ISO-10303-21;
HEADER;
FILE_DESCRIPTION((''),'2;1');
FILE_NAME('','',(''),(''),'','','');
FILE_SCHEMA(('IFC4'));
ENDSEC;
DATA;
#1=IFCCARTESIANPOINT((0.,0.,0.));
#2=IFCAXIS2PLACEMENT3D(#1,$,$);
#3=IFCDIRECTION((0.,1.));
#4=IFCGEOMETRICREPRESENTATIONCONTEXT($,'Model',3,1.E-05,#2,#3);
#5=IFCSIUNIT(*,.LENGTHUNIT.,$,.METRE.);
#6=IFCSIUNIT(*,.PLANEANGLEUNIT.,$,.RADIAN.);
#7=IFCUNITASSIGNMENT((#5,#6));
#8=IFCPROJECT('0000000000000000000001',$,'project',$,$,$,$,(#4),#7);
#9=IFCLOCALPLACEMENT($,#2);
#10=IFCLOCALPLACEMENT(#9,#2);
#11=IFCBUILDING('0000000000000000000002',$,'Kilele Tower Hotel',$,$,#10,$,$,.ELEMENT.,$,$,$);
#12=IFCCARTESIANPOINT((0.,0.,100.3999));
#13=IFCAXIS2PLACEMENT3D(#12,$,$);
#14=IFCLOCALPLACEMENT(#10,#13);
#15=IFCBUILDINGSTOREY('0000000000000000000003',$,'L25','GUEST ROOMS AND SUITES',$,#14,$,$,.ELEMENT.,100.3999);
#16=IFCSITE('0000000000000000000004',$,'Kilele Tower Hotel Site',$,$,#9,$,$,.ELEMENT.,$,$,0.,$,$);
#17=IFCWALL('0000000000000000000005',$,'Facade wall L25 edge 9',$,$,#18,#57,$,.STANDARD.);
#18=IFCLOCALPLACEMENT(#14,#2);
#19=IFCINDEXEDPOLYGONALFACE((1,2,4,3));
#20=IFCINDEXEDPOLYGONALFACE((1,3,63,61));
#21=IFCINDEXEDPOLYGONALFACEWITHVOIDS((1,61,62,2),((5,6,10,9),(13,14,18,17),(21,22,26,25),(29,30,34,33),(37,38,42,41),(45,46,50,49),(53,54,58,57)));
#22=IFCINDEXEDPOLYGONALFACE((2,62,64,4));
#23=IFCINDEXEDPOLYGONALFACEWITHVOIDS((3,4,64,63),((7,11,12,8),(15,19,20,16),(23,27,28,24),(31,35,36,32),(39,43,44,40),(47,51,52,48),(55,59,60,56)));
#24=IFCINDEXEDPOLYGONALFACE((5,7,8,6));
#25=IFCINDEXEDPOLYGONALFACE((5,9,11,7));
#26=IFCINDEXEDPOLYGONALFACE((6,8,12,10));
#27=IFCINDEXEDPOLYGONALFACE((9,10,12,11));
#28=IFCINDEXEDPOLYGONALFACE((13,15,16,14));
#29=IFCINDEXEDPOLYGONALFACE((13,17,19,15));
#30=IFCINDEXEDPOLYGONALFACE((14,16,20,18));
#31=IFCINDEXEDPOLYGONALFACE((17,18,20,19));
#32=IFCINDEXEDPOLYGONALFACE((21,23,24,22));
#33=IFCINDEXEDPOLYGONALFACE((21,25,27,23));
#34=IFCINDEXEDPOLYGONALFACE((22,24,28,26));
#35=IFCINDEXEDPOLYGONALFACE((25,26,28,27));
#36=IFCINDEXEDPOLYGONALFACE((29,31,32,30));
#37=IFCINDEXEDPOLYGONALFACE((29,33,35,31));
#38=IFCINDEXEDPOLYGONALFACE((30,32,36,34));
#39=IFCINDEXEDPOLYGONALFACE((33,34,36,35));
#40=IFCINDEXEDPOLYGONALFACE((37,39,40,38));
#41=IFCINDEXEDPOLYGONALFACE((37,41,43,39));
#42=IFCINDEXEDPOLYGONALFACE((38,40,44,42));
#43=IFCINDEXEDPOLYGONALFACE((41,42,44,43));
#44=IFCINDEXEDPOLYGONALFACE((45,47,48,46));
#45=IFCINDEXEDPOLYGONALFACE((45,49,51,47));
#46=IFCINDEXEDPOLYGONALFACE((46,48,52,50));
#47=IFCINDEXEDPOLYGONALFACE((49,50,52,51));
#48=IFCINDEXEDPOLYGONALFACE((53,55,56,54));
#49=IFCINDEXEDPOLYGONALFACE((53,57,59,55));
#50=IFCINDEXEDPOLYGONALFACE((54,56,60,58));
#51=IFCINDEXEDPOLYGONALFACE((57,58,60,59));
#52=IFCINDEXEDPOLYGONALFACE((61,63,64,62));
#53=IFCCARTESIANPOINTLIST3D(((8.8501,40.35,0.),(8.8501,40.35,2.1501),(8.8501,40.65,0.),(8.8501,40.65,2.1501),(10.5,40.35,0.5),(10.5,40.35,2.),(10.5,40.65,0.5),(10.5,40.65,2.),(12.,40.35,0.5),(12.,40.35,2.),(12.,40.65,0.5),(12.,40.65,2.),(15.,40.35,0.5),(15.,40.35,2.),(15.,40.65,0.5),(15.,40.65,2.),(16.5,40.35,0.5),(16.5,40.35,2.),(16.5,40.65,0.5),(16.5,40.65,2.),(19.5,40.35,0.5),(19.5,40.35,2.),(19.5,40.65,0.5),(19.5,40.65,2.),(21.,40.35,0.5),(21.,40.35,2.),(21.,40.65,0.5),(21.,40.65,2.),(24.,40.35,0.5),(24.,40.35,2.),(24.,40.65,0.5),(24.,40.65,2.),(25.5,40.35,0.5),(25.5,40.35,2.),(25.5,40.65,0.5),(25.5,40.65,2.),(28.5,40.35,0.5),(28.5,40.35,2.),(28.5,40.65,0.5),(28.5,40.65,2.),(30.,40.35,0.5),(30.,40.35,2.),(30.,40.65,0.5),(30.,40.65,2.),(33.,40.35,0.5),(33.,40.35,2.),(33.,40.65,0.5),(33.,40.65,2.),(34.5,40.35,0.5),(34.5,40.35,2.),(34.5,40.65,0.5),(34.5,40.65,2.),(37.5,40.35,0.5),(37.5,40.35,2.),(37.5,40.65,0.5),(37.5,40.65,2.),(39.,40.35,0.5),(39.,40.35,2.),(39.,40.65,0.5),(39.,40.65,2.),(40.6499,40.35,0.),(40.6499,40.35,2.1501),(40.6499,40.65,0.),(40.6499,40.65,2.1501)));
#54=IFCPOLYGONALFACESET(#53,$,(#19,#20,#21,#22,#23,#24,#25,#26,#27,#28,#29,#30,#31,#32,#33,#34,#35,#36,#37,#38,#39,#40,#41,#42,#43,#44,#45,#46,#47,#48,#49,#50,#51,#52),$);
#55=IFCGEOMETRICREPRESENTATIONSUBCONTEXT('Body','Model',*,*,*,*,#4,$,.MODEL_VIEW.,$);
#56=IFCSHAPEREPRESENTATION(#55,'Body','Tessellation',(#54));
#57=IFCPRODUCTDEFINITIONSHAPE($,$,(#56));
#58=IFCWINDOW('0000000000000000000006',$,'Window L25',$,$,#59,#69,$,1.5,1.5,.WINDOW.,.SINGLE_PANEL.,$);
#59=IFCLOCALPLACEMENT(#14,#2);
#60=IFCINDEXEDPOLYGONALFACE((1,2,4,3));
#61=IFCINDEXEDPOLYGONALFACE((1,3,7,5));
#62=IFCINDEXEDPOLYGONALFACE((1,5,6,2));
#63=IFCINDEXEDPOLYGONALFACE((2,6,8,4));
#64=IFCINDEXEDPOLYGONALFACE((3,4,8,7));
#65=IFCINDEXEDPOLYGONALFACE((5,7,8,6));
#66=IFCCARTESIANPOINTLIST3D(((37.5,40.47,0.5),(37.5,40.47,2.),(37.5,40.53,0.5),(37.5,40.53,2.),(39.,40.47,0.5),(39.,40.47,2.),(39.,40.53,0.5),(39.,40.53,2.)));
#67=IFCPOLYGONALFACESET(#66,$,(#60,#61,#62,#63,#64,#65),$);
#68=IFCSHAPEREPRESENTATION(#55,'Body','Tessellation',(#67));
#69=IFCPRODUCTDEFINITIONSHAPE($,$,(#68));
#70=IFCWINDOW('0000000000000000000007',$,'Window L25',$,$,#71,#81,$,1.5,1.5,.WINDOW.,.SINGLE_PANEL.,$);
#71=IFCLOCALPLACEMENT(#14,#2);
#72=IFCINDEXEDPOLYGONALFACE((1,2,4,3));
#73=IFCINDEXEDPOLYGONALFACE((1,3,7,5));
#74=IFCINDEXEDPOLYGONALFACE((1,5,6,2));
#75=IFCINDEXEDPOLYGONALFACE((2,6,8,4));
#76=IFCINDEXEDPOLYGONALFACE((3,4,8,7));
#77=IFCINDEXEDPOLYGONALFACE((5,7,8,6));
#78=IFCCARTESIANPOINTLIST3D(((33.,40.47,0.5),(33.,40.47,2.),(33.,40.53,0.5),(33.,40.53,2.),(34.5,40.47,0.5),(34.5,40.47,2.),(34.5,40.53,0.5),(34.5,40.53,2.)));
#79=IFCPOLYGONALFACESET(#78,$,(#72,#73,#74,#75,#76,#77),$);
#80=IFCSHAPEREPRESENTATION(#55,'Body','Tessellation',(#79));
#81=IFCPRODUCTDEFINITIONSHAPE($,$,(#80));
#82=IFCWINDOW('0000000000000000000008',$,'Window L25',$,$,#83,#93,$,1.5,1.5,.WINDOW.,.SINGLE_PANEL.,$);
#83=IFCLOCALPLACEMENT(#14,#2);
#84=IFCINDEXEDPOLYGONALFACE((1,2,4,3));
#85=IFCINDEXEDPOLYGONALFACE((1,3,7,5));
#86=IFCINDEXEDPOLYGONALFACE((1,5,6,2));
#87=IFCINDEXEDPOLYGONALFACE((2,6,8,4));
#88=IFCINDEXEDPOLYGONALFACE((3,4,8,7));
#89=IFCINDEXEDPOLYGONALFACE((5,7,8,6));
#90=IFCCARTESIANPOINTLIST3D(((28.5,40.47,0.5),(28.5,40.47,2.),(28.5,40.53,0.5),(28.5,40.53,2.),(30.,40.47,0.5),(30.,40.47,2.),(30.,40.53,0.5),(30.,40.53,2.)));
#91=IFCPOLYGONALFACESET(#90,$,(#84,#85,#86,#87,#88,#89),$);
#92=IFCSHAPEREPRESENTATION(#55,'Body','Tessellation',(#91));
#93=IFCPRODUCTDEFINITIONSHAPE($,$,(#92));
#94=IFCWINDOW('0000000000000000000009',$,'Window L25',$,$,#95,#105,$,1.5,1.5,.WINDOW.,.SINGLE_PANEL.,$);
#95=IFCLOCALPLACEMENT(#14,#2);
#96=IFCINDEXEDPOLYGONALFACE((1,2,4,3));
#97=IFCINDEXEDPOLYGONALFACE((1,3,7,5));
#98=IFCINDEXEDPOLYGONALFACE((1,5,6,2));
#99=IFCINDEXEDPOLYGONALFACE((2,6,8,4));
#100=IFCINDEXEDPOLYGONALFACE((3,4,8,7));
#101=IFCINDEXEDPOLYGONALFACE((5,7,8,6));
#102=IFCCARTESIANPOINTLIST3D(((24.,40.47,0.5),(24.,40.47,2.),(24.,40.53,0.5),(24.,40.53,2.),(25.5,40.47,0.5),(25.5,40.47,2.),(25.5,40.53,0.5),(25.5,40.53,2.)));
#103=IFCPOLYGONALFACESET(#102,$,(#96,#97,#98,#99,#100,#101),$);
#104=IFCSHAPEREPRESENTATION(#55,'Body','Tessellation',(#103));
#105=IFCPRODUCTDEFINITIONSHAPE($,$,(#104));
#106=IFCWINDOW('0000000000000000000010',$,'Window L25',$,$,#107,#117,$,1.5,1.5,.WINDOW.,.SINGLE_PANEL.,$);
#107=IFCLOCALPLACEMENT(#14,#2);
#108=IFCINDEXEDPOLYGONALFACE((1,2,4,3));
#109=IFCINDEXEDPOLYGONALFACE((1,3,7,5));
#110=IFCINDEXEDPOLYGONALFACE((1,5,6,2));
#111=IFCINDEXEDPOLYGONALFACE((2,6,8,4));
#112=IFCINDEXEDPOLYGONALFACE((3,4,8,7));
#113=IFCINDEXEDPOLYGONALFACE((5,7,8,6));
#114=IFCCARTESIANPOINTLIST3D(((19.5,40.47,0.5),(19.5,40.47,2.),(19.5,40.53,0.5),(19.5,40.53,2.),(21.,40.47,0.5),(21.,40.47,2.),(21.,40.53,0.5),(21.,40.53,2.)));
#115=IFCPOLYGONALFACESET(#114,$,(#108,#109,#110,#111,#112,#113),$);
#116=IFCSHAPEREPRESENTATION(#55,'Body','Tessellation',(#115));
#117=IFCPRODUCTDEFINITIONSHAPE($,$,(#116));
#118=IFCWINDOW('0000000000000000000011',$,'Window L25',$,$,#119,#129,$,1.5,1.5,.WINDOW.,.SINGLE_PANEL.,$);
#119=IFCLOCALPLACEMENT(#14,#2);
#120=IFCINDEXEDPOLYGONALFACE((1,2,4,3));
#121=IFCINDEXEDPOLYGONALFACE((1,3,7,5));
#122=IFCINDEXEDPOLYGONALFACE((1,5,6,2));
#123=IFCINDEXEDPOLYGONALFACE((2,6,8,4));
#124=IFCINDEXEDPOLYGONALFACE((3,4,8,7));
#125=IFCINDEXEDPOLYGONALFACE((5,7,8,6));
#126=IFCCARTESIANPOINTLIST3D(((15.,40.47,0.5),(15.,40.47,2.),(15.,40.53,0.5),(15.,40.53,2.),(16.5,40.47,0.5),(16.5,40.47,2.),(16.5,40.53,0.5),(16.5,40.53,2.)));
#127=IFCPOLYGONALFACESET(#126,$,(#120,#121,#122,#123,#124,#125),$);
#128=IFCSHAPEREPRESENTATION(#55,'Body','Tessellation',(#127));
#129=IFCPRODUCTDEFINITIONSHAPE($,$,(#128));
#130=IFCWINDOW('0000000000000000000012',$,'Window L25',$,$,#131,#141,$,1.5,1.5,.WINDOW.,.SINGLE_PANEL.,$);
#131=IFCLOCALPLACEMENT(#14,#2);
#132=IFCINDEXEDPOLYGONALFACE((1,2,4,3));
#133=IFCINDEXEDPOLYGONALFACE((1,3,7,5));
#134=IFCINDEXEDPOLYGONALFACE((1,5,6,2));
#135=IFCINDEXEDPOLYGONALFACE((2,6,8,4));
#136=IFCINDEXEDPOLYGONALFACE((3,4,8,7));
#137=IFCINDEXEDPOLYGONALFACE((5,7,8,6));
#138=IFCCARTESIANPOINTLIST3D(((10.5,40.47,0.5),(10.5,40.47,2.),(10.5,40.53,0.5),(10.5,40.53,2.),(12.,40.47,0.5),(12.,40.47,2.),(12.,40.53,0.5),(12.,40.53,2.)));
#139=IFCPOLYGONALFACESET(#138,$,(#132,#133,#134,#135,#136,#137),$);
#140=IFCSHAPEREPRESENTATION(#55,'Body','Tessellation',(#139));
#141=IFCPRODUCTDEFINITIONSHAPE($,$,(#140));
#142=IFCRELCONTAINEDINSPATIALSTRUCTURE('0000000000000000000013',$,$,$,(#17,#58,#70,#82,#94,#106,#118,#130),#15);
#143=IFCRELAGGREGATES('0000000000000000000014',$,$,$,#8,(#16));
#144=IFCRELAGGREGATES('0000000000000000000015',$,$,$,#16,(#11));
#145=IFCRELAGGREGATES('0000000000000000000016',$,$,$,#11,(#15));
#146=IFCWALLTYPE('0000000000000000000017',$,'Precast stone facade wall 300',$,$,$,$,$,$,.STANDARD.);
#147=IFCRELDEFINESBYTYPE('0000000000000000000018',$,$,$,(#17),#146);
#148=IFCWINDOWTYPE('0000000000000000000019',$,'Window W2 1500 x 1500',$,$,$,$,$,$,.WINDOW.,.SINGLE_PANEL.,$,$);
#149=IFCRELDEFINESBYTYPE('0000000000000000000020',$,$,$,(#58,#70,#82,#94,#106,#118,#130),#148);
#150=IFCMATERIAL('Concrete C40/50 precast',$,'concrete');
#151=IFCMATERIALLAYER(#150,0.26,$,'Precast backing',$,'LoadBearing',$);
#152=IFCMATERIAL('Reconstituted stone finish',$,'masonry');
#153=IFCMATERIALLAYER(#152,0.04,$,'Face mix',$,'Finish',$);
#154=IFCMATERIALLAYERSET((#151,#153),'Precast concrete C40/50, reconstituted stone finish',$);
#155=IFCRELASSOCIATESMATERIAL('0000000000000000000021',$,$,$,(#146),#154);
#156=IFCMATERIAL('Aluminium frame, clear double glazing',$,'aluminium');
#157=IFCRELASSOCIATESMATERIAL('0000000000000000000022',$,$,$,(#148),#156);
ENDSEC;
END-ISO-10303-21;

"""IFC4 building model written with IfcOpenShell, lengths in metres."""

from ifc_helpers import new_model, si_unit, direction, frame, frame_2d, origin, place, context, subcontext, project, spatial, rectangle, extrude, material, layer, layer_set, type_object, element, fill, save


model = new_model("IFC4")

# Units and contexts
model_context = context("Model", 3, precision=1e-05, world=origin(), true_north=direction((0.0, 1.0)))
body_context = subcontext(model_context, "Body", "Model", "MODEL_VIEW")
ifc_project = project(units=[si_unit("LENGTHUNIT", "METRE"), si_unit("PLANEANGLEUNIT", "RADIAN")], contexts=[model_context])

# Site, building, storey
site_placement = place(None, origin())
site = spatial("IfcSite", under=ifc_project, at=site_placement, Name="Kilele Tower Hotel Site", CompositionType="ELEMENT", RefElevation=0.0)
building_placement = place(site_placement, origin())
building = spatial("IfcBuilding", under=site, at=building_placement, Name="Kilele Tower Hotel", CompositionType="ELEMENT")
storey_placement = place(building_placement, frame((0.0, 0.0, 100.3999)))
storey = spatial("IfcBuildingStorey", under=building, at=storey_placement, Name="L25", Description="GUEST ROOMS AND SUITES", CompositionType="ELEMENT", Elevation=100.3999)

# Shared definitions
ifc_material_1 = material(Name="Concrete C40/50 precast", Category="concrete")
ifc_layer_1 = layer(ifc_material_1, 0.26, Name="Precast backing", Category="LoadBearing")
ifc_material_2 = material(Name="Reconstituted stone finish", Category="masonry")
ifc_layer_2 = layer(ifc_material_2, 0.04, Name="Face mix", Category="Finish")
ifc_layer_set_1 = layer_set([ifc_layer_1, ifc_layer_2], Name="Precast concrete C40/50, reconstituted stone finish")
wall_type_1 = type_object("IfcWallType", Name="Precast stone facade wall 300", PredefinedType="STANDARD", material=ifc_layer_set_1)
ifc_material_3 = material(Name="Aluminium frame, clear double glazing", Category="aluminium")
window_type_1 = type_object("IfcWindowType", Name="Window W2 1500 x 1500", PartitioningType="SINGLE_PANEL", PredefinedType="WINDOW", material=ifc_material_3)

# Wall, openings, windows
wall_1_placement = place(storey_placement, frame((40.6499, 40.5, 0.0), z_axis=(0.0, 0.0, 1.0), x_axis=(-1.0, 0.0, 0.0)))
wall_1 = element("IfcWall", 1, at=wall_1_placement, inside=storey, type_object=wall_type_1, Name="Facade wall L25 edge 9", PredefinedType="STANDARD", context=body_context, shape_type="SweptSolid", body=[
    extrude(rectangle(XDim=31.7998, YDim=0.3, at=frame_2d((15.8999, 0.0))), origin(), (0.0, 0.0, 1.0), 2.1501),
])
opening_1_placement = place(wall_1_placement, frame((1.6499, 0.0, 0.5)))
opening_1 = element("IfcOpeningElement", 2, at=opening_1_placement, cuts=wall_1, PredefinedType="OPENING", context=body_context, shape_type="SweptSolid", body=[
    extrude(rectangle(XDim=1.5, YDim=1.5, at=frame_2d((0.75, 0.75))), frame((0.0, 0.1599, 0.0), z_axis=(0.0, -1.0, 0.0), x_axis=(1.0, 0.0, 0.0)), (0.0, 0.0, 1.0), 0.3201),
])
opening_2_placement = place(wall_1_placement, frame((6.1499, 0.0, 0.5)))
opening_2 = element("IfcOpeningElement", 3, at=opening_2_placement, cuts=wall_1, PredefinedType="OPENING", context=body_context, shape_type="SweptSolid", body=[
    extrude(rectangle(XDim=1.5, YDim=1.5, at=frame_2d((0.75, 0.75))), frame((0.0, 0.1599, 0.0), z_axis=(0.0, -1.0, 0.0), x_axis=(1.0, 0.0, 0.0)), (0.0, 0.0, 1.0), 0.3201),
])
opening_3_placement = place(wall_1_placement, frame((10.6499, 0.0, 0.5)))
opening_3 = element("IfcOpeningElement", 4, at=opening_3_placement, cuts=wall_1, PredefinedType="OPENING", context=body_context, shape_type="SweptSolid", body=[
    extrude(rectangle(XDim=1.5, YDim=1.5, at=frame_2d((0.75, 0.75))), frame((0.0, 0.1599, 0.0), z_axis=(0.0, -1.0, 0.0), x_axis=(1.0, 0.0, 0.0)), (0.0, 0.0, 1.0), 0.3201),
])
opening_4_placement = place(wall_1_placement, frame((15.1499, 0.0, 0.5)))
opening_4 = element("IfcOpeningElement", 5, at=opening_4_placement, cuts=wall_1, PredefinedType="OPENING", context=body_context, shape_type="SweptSolid", body=[
    extrude(rectangle(XDim=1.5, YDim=1.5, at=frame_2d((0.75, 0.75))), frame((0.0, 0.1599, 0.0), z_axis=(0.0, -1.0, 0.0), x_axis=(1.0, 0.0, 0.0)), (0.0, 0.0, 1.0), 0.3201),
])
opening_5_placement = place(wall_1_placement, frame((19.6499, 0.0, 0.5)))
opening_5 = element("IfcOpeningElement", 6, at=opening_5_placement, cuts=wall_1, PredefinedType="OPENING", context=body_context, shape_type="SweptSolid", body=[
    extrude(rectangle(XDim=1.5, YDim=1.5, at=frame_2d((0.75, 0.75))), frame((0.0, 0.1599, 0.0), z_axis=(0.0, -1.0, 0.0), x_axis=(1.0, 0.0, 0.0)), (0.0, 0.0, 1.0), 0.3201),
])
opening_6_placement = place(wall_1_placement, frame((24.1499, 0.0, 0.5)))
opening_6 = element("IfcOpeningElement", 7, at=opening_6_placement, cuts=wall_1, PredefinedType="OPENING", context=body_context, shape_type="SweptSolid", body=[
    extrude(rectangle(XDim=1.5, YDim=1.5, at=frame_2d((0.75, 0.75))), frame((0.0, 0.1599, 0.0), z_axis=(0.0, -1.0, 0.0), x_axis=(1.0, 0.0, 0.0)), (0.0, 0.0, 1.0), 0.3201),
])
opening_7_placement = place(wall_1_placement, frame((28.6499, 0.0, 0.5)))
opening_7 = element("IfcOpeningElement", 8, at=opening_7_placement, cuts=wall_1, PredefinedType="OPENING", context=body_context, shape_type="SweptSolid", body=[
    extrude(rectangle(XDim=1.5, YDim=1.5, at=frame_2d((0.75, 0.75))), frame((0.0, 0.1599, 0.0), z_axis=(0.0, -1.0, 0.0), x_axis=(1.0, 0.0, 0.0)), (0.0, 0.0, 1.0), 0.3201),
])
window_1_placement = place(opening_1_placement, origin())
window_1 = element("IfcWindow", 9, at=window_1_placement, inside=storey, type_object=window_type_1, Name="Window L25", OverallHeight=1.5, OverallWidth=1.5, PartitioningType="SINGLE_PANEL", PredefinedType="WINDOW", context=body_context, shape_type="SweptSolid", body=[
    extrude(rectangle(XDim=1.5, YDim=1.5, at=frame_2d((0.75, 0.75))), frame((0.0, 0.03, 0.0), z_axis=(0.0, -1.0, 0.0), x_axis=(1.0, 0.0, 0.0)), (0.0, 0.0, 1.0), 0.0601),
])
fill(opening_1, window_1)
window_2_placement = place(opening_2_placement, origin())
window_2 = element("IfcWindow", 10, at=window_2_placement, inside=storey, type_object=window_type_1, Name="Window L25", OverallHeight=1.5, OverallWidth=1.5, PartitioningType="SINGLE_PANEL", PredefinedType="WINDOW", context=body_context, shape_type="SweptSolid", body=[
    extrude(rectangle(XDim=1.5, YDim=1.5, at=frame_2d((0.75, 0.75))), frame((0.0, 0.03, 0.0), z_axis=(0.0, -1.0, 0.0), x_axis=(1.0, 0.0, 0.0)), (0.0, 0.0, 1.0), 0.0601),
])
fill(opening_2, window_2)
window_3_placement = place(opening_3_placement, origin())
window_3 = element("IfcWindow", 11, at=window_3_placement, inside=storey, type_object=window_type_1, Name="Window L25", OverallHeight=1.5, OverallWidth=1.5, PartitioningType="SINGLE_PANEL", PredefinedType="WINDOW", context=body_context, shape_type="SweptSolid", body=[
    extrude(rectangle(XDim=1.5, YDim=1.5, at=frame_2d((0.75, 0.75))), frame((0.0, 0.03, 0.0), z_axis=(0.0, -1.0, 0.0), x_axis=(1.0, 0.0, 0.0)), (0.0, 0.0, 1.0), 0.0601),
])
fill(opening_3, window_3)
window_4_placement = place(opening_4_placement, origin())
window_4 = element("IfcWindow", 12, at=window_4_placement, inside=storey, type_object=window_type_1, Name="Window L25", OverallHeight=1.5, OverallWidth=1.5, PartitioningType="SINGLE_PANEL", PredefinedType="WINDOW", context=body_context, shape_type="SweptSolid", body=[
    extrude(rectangle(XDim=1.5, YDim=1.5, at=frame_2d((0.75, 0.75))), frame((0.0, 0.03, 0.0), z_axis=(0.0, -1.0, 0.0), x_axis=(1.0, 0.0, 0.0)), (0.0, 0.0, 1.0), 0.0601),
])
fill(opening_4, window_4)
window_5_placement = place(opening_5_placement, origin())
window_5 = element("IfcWindow", 13, at=window_5_placement, inside=storey, type_object=window_type_1, Name="Window L25", OverallHeight=1.5, OverallWidth=1.5, PartitioningType="SINGLE_PANEL", PredefinedType="WINDOW", context=body_context, shape_type="SweptSolid", body=[
    extrude(rectangle(XDim=1.5, YDim=1.5, at=frame_2d((0.75, 0.75))), frame((0.0, 0.03, 0.0), z_axis=(0.0, -1.0, 0.0), x_axis=(1.0, 0.0, 0.0)), (0.0, 0.0, 1.0), 0.0601),
])
fill(opening_5, window_5)
window_6_placement = place(opening_6_placement, origin())
window_6 = element("IfcWindow", 14, at=window_6_placement, inside=storey, type_object=window_type_1, Name="Window L25", OverallHeight=1.5, OverallWidth=1.5, PartitioningType="SINGLE_PANEL", PredefinedType="WINDOW", context=body_context, shape_type="SweptSolid", body=[
    extrude(rectangle(XDim=1.5, YDim=1.5, at=frame_2d((0.75, 0.75))), frame((0.0, 0.03, 0.0), z_axis=(0.0, -1.0, 0.0), x_axis=(1.0, 0.0, 0.0)), (0.0, 0.0, 1.0), 0.0601),
])
fill(opening_6, window_6)
window_7_placement = place(opening_7_placement, origin())
window_7 = element("IfcWindow", 15, at=window_7_placement, inside=storey, type_object=window_type_1, Name="Window L25", OverallHeight=1.5, OverallWidth=1.5, PartitioningType="SINGLE_PANEL", PredefinedType="WINDOW", context=body_context, shape_type="SweptSolid", body=[
    extrude(rectangle(XDim=1.5, YDim=1.5, at=frame_2d((0.75, 0.75))), frame((0.0, 0.03, 0.0), z_axis=(0.0, -1.0, 0.0), x_axis=(1.0, 0.0, 0.0)), (0.0, 0.0, 1.0), 0.0601),
])
fill(opening_7, window_7)

save(model, "model.ifc")
